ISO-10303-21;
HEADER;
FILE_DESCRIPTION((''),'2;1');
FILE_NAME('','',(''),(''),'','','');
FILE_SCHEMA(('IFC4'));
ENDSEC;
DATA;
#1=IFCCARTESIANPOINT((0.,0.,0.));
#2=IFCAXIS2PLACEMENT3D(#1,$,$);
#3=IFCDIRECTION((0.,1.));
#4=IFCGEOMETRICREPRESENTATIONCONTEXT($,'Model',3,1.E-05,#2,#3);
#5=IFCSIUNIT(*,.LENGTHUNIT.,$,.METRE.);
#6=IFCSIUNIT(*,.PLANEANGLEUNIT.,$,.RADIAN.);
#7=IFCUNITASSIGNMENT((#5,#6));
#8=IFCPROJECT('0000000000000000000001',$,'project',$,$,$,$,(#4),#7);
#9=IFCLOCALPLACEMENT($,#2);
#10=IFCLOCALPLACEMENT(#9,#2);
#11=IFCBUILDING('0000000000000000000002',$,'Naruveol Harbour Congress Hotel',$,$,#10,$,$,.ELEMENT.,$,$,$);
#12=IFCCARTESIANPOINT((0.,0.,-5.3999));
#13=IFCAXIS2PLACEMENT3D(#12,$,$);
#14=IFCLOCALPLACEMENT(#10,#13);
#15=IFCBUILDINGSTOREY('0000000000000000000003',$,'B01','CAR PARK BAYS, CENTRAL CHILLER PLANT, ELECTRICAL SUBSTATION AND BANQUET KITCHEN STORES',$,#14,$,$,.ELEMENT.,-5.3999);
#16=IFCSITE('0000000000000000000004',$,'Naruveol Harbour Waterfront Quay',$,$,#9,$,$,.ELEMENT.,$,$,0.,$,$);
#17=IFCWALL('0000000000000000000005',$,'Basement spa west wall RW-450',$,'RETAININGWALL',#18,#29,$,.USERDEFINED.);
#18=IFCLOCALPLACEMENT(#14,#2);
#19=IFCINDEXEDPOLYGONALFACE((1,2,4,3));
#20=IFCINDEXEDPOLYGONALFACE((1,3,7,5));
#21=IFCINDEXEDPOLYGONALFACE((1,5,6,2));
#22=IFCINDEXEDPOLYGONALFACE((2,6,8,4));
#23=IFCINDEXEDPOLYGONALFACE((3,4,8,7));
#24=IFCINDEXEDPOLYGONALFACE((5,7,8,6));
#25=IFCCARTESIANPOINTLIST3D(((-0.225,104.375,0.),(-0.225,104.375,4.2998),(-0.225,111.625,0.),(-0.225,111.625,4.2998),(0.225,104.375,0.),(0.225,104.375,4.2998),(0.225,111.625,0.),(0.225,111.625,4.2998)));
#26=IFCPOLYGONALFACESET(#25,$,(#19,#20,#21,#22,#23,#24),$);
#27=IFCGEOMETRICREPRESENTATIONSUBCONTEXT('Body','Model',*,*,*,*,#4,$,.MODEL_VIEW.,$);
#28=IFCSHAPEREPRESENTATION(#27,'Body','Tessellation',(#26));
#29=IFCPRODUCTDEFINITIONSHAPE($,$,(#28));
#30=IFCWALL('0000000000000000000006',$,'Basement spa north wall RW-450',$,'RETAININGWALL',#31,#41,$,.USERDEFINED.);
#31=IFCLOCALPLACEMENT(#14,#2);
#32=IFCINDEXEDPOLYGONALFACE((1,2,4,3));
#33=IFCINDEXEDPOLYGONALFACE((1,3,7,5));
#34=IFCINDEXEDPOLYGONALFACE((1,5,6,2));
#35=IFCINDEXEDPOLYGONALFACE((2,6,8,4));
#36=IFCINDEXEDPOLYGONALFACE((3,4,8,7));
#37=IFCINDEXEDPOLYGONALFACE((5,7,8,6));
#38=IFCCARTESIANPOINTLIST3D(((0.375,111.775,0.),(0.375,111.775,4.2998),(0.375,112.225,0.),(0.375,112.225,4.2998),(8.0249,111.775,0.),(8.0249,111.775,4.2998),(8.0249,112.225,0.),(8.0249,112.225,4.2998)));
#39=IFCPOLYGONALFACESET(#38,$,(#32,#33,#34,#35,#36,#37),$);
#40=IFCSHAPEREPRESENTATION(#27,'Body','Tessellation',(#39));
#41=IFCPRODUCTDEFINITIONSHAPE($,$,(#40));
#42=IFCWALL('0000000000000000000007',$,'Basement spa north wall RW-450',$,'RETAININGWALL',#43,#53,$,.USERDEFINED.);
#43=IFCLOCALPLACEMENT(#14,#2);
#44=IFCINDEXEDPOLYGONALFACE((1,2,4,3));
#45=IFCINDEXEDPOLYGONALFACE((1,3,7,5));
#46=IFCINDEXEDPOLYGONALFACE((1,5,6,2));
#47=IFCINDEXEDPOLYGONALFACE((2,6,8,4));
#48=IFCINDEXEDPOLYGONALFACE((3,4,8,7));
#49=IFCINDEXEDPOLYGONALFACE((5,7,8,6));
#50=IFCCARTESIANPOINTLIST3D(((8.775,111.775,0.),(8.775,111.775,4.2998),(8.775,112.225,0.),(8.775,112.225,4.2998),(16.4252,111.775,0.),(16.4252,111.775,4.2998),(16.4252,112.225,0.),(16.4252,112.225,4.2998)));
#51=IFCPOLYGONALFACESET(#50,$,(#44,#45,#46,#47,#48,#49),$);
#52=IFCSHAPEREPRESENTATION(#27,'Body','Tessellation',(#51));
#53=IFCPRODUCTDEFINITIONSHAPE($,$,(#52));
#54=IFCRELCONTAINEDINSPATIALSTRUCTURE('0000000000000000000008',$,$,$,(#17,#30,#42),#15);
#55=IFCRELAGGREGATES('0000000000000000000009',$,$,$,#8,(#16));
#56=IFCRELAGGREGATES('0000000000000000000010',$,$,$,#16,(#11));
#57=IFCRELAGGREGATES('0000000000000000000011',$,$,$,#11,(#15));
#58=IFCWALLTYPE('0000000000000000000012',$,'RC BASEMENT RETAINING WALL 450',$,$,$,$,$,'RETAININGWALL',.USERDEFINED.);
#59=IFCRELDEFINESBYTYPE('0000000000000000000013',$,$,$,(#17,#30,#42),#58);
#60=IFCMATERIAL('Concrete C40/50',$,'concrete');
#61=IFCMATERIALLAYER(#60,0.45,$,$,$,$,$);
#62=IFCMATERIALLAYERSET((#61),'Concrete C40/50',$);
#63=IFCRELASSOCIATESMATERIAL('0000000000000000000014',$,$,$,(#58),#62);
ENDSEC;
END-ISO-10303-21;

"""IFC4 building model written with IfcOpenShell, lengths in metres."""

from ifc_helpers import new_model, si_unit, direction, frame, frame_2d, origin, place, context, subcontext, project, spatial, rectangle, extrude, material, layer, layer_set, type_object, element, save


model = new_model("IFC4")

# Units and contexts
model_context = context("Model", 3, precision=1e-05, world=origin(), true_north=direction((0.0, 1.0)))
body_context = subcontext(model_context, "Body", "Model", "MODEL_VIEW")
ifc_project = project(units=[si_unit("LENGTHUNIT", "METRE"), si_unit("PLANEANGLEUNIT", "RADIAN")], contexts=[model_context])

# Site, building, storey
site_placement = place(None, origin())
site = spatial("IfcSite", under=ifc_project, at=site_placement, Name="Naruveol Harbour Waterfront Quay", CompositionType="ELEMENT", RefElevation=0.0)
building_placement = place(site_placement, origin())
building = spatial("IfcBuilding", under=site, at=building_placement, Name="Naruveol Harbour Congress Hotel", CompositionType="ELEMENT")
storey_placement = place(building_placement, frame((0.0, 0.0, -5.3999)))
storey = spatial("IfcBuildingStorey", under=building, at=storey_placement, Name="B01", Description="CAR PARK BAYS, CENTRAL CHILLER PLANT, ELECTRICAL SUBSTATION AND BANQUET KITCHEN STORES", CompositionType="ELEMENT", Elevation=-5.3999)

# Walls
ifc_material_1 = material(Name="Concrete C40/50", Category="concrete")
ifc_layer_1 = layer(ifc_material_1, 0.45)
ifc_layer_set_1 = layer_set([ifc_layer_1], Name="Concrete C40/50")
wall_type_1 = type_object("IfcWallType", Name="RC BASEMENT RETAINING WALL 450", ElementType="RETAININGWALL", PredefinedType="USERDEFINED", material=ifc_layer_set_1)
for number, where, z_axis, x_axis, name in (
    (1, (0.0, 104.375, 0.0), (0.0, 0.0, 1.0), (0.0, 1.0, 0.0), "Basement spa west wall RW-450"),
):
    element("IfcWall", number, at=place(storey_placement, frame(where, z_axis=z_axis, x_axis=x_axis)), inside=storey, type_object=wall_type_1, Name=name, ObjectType="RETAININGWALL", PredefinedType="USERDEFINED", context=body_context, shape_type="SweptSolid", body=[
        extrude(rectangle(XDim=7.25, YDim=0.45, at=frame_2d((3.625, 0.0))), origin(), (0.0, 0.0, 1.0), 4.2998),
    ])
wall_1_placement = place(storey_placement, frame((0.375, 112.0, 0.0), z_axis=(0.0, 0.0, 1.0), x_axis=(1.0, 0.0, 0.0)))
element("IfcWall", 2, at=wall_1_placement, inside=storey, type_object=wall_type_1, Name="Basement spa north wall RW-450", ObjectType="RETAININGWALL", PredefinedType="USERDEFINED", context=body_context, shape_type="SweptSolid", body=[
    extrude(rectangle(XDim=7.6499, YDim=0.45, at=frame_2d((3.825, 0.0))), origin(), (0.0, 0.0, 1.0), 4.2998),
])
wall_2_placement = place(storey_placement, frame((8.7749, 112.0, 0.0), z_axis=(0.0, 0.0, 1.0), x_axis=(1.0, 0.0, 0.0)))
element("IfcWall", 3, at=wall_2_placement, inside=storey, type_object=wall_type_1, Name="Basement spa north wall RW-450", ObjectType="RETAININGWALL", PredefinedType="USERDEFINED", context=body_context, shape_type="SweptSolid", body=[
    extrude(rectangle(XDim=7.6501, YDim=0.45, at=frame_2d((3.8252, 0.0))), origin(), (0.0, 0.0, 1.0), 4.2998),
])

save(model, "model.ifc")
